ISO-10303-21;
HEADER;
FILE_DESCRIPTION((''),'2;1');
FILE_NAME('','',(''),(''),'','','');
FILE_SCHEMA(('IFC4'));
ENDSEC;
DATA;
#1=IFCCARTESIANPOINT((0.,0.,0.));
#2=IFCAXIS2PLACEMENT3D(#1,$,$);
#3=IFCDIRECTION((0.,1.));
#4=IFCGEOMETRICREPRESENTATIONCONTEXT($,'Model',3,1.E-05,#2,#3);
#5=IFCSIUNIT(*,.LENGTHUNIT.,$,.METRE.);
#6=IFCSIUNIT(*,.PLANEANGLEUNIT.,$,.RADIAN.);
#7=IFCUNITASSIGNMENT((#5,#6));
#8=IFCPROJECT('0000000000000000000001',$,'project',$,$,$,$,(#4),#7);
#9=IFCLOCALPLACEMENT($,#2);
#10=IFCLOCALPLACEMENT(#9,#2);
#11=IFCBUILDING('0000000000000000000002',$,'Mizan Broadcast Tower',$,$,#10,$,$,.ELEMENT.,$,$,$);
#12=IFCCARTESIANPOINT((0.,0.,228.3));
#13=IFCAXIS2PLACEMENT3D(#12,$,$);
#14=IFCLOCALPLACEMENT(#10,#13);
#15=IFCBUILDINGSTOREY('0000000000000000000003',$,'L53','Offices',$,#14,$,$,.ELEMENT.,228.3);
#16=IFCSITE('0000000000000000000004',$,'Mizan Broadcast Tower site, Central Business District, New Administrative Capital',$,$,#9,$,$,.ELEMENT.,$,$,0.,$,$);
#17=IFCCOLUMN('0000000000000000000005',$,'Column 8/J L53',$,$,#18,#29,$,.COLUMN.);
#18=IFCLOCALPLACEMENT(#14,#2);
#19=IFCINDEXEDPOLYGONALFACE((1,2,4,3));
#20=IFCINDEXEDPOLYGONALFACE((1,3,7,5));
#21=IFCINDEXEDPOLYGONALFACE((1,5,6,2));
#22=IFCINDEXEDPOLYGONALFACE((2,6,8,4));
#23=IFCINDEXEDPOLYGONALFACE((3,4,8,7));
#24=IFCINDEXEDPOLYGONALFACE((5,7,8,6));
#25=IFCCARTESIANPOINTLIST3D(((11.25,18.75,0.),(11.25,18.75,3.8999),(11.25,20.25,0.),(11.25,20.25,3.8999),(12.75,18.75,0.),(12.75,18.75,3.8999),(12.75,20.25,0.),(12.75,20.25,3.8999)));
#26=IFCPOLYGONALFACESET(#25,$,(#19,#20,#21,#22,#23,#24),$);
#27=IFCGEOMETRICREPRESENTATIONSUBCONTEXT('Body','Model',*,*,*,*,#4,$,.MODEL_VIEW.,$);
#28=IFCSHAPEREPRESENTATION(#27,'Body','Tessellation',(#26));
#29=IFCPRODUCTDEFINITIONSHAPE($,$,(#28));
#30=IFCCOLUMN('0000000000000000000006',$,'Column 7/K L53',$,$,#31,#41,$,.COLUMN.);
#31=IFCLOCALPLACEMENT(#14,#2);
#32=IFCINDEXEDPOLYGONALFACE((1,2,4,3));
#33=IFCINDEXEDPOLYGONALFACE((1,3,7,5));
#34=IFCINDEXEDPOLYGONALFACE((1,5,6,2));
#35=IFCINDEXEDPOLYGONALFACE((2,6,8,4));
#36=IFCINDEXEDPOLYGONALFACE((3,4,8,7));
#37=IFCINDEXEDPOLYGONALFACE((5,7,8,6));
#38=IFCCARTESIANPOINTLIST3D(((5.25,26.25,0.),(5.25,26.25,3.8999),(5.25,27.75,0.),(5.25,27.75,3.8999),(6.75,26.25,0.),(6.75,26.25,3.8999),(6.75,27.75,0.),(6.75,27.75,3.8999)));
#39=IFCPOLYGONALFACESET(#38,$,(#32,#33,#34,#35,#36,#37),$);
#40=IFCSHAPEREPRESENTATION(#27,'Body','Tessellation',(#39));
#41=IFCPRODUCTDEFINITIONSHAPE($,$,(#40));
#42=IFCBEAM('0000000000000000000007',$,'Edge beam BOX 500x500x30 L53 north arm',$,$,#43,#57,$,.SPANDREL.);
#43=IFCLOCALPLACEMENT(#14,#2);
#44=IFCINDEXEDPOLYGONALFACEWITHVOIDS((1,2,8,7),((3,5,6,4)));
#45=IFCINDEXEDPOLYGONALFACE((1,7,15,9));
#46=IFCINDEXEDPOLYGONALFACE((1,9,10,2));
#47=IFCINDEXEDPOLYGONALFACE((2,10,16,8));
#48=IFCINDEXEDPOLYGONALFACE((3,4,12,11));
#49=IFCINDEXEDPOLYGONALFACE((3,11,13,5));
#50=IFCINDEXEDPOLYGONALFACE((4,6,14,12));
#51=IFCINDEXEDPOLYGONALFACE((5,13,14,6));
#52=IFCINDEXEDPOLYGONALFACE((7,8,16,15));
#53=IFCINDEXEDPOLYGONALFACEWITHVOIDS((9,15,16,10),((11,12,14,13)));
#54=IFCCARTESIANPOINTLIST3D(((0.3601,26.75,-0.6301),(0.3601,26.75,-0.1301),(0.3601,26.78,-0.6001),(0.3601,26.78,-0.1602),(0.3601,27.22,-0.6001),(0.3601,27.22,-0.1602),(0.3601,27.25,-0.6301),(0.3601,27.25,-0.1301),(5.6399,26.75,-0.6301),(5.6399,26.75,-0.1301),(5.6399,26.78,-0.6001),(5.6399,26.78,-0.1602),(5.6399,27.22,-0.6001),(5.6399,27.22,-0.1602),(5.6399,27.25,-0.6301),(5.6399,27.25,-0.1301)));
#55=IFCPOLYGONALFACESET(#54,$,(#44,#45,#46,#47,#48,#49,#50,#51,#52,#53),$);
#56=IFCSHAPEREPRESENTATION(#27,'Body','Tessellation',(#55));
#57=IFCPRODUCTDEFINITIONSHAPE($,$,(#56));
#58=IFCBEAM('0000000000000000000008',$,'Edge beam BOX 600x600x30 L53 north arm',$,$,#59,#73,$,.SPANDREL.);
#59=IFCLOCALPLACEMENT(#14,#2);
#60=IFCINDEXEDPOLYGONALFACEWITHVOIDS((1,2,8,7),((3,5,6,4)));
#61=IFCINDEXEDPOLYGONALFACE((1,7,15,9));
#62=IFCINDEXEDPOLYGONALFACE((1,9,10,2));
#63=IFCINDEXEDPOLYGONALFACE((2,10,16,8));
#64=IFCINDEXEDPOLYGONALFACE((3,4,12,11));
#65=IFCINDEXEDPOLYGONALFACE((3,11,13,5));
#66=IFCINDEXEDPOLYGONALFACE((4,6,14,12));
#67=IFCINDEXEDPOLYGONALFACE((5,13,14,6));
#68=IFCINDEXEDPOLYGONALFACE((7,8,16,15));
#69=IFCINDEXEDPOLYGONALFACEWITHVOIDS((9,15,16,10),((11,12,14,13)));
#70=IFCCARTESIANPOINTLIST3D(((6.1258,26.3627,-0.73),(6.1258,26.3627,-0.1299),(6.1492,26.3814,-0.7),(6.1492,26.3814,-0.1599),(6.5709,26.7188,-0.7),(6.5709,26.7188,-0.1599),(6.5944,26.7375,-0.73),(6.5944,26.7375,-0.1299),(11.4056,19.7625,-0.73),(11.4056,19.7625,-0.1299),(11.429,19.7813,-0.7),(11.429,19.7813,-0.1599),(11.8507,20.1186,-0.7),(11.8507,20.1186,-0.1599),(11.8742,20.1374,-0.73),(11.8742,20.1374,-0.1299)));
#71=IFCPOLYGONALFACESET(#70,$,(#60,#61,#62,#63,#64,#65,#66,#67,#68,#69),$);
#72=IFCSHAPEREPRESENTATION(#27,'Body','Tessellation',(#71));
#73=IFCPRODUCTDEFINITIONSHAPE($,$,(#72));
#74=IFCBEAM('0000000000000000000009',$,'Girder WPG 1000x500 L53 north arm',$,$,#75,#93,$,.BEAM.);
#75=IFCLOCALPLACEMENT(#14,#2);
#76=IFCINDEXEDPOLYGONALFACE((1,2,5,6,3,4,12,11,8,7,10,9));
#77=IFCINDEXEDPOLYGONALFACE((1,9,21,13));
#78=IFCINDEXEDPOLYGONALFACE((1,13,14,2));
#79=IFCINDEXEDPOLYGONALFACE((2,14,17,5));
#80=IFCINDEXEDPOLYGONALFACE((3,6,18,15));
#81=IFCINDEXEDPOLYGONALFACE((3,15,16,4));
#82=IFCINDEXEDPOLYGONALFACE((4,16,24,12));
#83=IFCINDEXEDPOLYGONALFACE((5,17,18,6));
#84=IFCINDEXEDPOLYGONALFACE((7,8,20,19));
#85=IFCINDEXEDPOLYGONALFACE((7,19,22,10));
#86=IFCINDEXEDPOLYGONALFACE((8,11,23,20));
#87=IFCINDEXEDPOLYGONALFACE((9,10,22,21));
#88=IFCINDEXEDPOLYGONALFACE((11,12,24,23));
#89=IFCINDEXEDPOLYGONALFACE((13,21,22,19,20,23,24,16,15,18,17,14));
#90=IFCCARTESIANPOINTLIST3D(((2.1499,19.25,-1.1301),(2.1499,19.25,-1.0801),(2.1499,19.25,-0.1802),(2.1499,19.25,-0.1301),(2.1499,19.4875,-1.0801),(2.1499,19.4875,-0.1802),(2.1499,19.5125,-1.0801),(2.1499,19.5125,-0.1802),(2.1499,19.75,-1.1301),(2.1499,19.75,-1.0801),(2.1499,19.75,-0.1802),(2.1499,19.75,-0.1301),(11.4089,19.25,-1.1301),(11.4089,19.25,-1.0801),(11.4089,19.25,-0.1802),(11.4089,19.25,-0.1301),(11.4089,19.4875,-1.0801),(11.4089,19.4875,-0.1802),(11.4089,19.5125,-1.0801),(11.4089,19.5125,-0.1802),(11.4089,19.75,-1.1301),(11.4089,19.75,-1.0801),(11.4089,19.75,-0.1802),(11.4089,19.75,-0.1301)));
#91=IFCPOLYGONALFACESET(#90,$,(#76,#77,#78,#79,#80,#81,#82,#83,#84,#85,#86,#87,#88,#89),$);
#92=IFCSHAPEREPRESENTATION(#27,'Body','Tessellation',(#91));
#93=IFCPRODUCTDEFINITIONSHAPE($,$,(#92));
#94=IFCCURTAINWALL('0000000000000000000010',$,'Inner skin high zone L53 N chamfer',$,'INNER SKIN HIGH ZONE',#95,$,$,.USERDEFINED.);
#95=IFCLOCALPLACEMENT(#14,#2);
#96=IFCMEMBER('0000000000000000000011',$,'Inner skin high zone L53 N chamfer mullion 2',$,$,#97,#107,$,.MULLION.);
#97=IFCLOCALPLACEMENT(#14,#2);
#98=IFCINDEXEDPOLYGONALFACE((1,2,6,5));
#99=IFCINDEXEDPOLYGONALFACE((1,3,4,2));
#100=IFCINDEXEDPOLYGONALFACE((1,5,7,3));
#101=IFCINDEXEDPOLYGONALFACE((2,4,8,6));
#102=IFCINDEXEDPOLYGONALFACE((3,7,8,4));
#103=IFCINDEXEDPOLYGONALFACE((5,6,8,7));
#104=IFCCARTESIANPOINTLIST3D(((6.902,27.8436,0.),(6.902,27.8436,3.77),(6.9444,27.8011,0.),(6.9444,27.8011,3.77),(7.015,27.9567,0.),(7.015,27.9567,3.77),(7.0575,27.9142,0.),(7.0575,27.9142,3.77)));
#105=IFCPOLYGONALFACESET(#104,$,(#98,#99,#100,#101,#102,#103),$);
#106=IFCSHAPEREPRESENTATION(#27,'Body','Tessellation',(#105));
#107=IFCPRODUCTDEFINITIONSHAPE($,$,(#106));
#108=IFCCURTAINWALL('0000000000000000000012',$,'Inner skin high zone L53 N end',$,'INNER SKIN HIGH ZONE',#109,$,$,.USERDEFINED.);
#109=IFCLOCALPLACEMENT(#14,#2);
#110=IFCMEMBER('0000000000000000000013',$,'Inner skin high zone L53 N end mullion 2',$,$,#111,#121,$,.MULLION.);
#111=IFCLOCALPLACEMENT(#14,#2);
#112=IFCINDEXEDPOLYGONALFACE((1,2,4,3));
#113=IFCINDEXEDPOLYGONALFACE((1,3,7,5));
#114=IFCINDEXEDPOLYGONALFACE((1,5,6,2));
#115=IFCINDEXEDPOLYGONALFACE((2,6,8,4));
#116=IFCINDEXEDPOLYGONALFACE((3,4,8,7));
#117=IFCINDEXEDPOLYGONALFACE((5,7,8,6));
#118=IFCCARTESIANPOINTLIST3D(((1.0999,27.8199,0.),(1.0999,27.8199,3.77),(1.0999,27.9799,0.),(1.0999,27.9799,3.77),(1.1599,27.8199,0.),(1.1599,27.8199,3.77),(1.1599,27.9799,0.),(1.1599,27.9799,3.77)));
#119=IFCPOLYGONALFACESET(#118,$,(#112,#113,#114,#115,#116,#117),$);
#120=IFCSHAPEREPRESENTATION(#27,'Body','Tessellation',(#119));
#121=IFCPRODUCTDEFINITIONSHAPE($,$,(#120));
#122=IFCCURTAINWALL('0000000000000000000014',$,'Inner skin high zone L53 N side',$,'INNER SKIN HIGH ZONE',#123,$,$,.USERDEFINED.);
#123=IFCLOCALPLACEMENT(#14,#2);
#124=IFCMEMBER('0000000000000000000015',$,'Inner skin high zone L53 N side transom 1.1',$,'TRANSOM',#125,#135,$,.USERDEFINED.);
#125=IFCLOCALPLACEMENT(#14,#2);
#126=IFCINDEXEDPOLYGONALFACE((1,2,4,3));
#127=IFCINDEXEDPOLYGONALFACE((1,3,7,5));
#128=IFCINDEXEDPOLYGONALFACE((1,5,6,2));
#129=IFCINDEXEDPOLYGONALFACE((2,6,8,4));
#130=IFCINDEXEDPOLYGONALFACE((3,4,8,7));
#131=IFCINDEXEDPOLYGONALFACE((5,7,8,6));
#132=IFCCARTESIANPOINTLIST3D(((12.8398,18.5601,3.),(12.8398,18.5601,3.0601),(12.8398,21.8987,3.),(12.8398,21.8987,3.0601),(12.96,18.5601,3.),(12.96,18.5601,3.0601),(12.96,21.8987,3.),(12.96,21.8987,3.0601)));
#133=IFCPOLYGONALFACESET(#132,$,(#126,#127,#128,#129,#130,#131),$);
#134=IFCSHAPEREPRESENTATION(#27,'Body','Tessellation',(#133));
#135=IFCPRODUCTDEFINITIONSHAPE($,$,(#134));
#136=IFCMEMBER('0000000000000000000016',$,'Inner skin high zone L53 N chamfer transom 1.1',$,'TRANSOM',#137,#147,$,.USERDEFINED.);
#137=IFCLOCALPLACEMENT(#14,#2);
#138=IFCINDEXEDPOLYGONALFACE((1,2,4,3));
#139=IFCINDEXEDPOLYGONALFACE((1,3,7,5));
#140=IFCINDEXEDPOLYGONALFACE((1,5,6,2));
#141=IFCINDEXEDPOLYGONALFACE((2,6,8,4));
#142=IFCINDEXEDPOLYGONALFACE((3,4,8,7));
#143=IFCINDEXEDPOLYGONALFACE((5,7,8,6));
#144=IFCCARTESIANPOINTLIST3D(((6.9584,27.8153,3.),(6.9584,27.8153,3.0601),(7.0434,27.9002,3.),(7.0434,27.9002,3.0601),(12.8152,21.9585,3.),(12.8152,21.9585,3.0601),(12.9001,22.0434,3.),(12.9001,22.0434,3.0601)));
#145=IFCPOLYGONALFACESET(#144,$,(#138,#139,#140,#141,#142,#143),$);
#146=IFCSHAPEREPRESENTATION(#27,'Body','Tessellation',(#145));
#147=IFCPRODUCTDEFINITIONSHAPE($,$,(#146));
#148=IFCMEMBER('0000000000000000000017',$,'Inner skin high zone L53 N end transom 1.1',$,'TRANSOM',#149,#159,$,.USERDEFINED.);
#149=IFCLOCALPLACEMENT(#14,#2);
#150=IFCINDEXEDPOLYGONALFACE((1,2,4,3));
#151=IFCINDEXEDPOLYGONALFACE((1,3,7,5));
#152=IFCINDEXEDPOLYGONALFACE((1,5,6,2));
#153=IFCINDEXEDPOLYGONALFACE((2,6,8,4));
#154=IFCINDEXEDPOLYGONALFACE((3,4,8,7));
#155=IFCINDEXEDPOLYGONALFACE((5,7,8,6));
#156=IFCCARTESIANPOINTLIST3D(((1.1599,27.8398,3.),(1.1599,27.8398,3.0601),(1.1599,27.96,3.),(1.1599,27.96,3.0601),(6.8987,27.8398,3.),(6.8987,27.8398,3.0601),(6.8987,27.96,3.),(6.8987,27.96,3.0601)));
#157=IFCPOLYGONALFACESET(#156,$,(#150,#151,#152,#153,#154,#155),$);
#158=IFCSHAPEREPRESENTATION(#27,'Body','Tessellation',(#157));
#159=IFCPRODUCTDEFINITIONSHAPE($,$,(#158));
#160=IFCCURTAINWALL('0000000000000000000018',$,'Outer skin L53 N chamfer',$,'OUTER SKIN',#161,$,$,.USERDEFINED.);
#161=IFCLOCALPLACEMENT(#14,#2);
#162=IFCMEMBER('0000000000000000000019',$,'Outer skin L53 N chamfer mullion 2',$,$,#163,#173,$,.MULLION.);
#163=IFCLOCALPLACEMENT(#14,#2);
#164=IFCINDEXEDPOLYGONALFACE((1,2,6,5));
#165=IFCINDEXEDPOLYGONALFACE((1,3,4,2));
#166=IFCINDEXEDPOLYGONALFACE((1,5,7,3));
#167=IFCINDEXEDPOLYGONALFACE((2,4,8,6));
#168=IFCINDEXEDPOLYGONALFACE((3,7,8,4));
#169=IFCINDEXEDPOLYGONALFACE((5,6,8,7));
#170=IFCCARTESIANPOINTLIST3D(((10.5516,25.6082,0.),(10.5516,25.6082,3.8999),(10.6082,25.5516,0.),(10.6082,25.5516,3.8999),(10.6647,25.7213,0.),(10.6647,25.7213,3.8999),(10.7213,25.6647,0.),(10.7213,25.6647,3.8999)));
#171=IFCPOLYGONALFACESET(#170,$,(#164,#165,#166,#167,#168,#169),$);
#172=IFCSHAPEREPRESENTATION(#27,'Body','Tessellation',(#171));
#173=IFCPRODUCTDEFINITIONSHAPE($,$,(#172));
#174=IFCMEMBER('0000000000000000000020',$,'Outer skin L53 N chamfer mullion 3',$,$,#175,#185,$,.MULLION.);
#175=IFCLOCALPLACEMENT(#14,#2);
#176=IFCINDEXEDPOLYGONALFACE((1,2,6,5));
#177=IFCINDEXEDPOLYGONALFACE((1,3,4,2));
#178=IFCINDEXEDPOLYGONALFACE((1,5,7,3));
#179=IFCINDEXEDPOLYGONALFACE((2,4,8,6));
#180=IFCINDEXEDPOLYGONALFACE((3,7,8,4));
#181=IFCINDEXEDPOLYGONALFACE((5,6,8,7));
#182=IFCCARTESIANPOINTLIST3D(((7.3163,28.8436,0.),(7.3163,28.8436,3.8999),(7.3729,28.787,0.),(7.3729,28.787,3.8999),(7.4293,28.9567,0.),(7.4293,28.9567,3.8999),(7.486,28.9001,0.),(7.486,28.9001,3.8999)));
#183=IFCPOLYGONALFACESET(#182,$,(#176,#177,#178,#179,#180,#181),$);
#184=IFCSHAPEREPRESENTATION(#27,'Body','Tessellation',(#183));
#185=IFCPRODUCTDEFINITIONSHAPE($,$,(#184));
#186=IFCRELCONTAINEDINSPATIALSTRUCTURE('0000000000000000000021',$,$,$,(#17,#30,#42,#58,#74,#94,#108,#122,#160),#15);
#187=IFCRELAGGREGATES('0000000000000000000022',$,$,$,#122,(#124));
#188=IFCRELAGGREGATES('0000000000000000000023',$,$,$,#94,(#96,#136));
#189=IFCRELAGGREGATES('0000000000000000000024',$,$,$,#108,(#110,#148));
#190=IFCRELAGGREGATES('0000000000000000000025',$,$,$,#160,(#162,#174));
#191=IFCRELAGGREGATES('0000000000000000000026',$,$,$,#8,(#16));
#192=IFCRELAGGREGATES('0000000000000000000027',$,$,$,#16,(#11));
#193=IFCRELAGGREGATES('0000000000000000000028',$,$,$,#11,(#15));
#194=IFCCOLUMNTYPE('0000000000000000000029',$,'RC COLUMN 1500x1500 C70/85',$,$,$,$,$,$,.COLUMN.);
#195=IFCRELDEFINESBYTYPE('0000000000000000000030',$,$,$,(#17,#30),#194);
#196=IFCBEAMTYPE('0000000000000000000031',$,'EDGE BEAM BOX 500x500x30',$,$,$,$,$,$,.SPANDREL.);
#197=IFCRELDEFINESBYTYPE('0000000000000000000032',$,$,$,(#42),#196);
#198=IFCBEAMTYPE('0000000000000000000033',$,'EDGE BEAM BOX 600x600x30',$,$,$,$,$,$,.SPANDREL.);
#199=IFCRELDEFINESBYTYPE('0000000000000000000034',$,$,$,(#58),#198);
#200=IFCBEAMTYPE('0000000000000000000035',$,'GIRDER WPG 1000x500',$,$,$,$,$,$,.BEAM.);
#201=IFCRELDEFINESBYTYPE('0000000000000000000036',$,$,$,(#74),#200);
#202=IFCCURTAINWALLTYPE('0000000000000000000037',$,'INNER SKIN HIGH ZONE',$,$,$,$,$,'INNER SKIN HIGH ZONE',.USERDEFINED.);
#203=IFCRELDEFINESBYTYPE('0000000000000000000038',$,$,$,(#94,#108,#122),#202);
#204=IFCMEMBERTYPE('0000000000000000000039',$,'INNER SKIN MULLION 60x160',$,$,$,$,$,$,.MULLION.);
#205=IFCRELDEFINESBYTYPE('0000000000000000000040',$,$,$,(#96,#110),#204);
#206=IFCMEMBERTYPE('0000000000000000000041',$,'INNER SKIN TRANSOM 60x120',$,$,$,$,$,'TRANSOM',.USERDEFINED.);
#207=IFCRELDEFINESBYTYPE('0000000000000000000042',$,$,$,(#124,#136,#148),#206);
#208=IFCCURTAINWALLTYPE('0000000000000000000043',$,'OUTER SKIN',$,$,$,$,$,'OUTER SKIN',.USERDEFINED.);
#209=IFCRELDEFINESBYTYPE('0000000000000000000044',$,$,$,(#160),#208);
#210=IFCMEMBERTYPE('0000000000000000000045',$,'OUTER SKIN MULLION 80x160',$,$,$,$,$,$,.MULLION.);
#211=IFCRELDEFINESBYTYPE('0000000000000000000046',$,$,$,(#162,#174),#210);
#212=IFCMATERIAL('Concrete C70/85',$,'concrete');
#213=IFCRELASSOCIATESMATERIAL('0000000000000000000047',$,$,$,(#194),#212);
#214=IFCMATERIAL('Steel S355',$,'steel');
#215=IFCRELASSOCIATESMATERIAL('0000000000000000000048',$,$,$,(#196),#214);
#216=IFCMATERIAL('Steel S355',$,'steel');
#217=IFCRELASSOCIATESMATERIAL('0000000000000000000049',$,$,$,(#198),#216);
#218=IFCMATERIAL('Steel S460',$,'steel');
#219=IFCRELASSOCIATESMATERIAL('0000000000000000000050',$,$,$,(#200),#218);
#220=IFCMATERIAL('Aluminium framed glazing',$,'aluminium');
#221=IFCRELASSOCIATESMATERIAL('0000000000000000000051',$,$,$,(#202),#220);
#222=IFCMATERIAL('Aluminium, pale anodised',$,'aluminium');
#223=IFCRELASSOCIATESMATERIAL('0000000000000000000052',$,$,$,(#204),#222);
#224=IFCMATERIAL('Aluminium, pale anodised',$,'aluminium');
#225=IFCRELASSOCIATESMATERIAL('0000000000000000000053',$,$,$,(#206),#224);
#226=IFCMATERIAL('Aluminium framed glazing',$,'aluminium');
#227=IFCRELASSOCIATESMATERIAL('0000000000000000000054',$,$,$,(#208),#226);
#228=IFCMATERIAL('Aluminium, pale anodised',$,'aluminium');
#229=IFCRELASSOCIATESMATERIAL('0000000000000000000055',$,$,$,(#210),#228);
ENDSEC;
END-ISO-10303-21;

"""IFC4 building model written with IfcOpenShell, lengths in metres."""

from ifc_helpers import new_model, si_unit, direction, frame, origin, origin_2d, place, context, subcontext, project, spatial, rectangle, hollow_rectangle, i_section, extrude, material, material_profile, profile_set, type_object, element, aggregate, save


model = new_model("IFC4")

# Units and contexts
model_context = context("Model", 3, precision=1e-05, world=origin(), true_north=direction((0.0, 1.0)))
body_context = subcontext(model_context, "Body", "Model", "MODEL_VIEW")
ifc_project = project(units=[si_unit("LENGTHUNIT", "METRE"), si_unit("PLANEANGLEUNIT", "RADIAN")], contexts=[model_context])

# Site, building, storey
site_placement = place(None, origin())
site = spatial("IfcSite", under=ifc_project, at=site_placement, Name="Mizan Broadcast Tower site, Central Business District, New Administrative Capital", CompositionType="ELEMENT", RefElevation=0.0)
building_placement = place(site_placement, origin())
building = spatial("IfcBuilding", under=site, at=building_placement, Name="Mizan Broadcast Tower", CompositionType="ELEMENT")
storey_placement = place(building_placement, frame((0.0, 0.0, 228.3)))
storey = spatial("IfcBuildingStorey", under=building, at=storey_placement, Name="L53", Description="Offices", CompositionType="ELEMENT", Elevation=228.3)

# Columns
ifc_material_1 = material(Name="Concrete C70/85", Category="concrete")
ifc_material_profile_1 = material_profile(ifc_material_1, rectangle(XDim=1.5, YDim=1.5, at=origin_2d()), Name="RC 1500x1500")
ifc_profile_set_1 = profile_set([ifc_material_profile_1], Name="Concrete C70/85")
column_type = type_object("IfcColumnType", Name="RC COLUMN 1500x1500 C70/85", PredefinedType="COLUMN", material=ifc_profile_set_1)
for number, where, z_axis, x_axis, name in (
    (1, (12.0, 19.5, 0.0), (0.0, 0.0, 1.0), (1.0, 0.0, 0.0), "Column 8/J L53"),
    (2, (6.0, 27.0, 0.0), (0.0, 0.0, 1.0), (1.0, 0.0, 0.0), "Column 7/K L53"),
):
    element("IfcColumn", number, at=place(storey_placement, frame(where, z_axis=z_axis, x_axis=x_axis)), inside=storey, type_object=column_type, Name=name, PredefinedType="COLUMN", context=body_context, shape_type="SweptSolid", body=[
        extrude(rectangle(XDim=1.5, YDim=1.5, at=origin_2d()), origin(), (0.0, 0.0, 1.0), 3.8999),
    ])

# Beams
ifc_material_2 = material(Name="Steel S355", Category="steel")
ifc_material_profile_2 = material_profile(ifc_material_2, hollow_rectangle(XDim=0.5, YDim=0.5, WallThickness=0.03, at=origin_2d()), Name="BOX 500x500x30")
ifc_profile_set_2 = profile_set([ifc_material_profile_2], Name="Steel S355")
beam_type_1 = type_object("IfcBeamType", Name="EDGE BEAM BOX 500x500x30", PredefinedType="SPANDREL", material=ifc_profile_set_2)
beam_1_placement = place(storey_placement, frame((5.6399, 27.0, -0.3801), z_axis=(-1.0, 0.0, 0.0), x_axis=(0.0, -1.0, 0.0)))
element("IfcBeam", 3, at=beam_1_placement, inside=storey, type_object=beam_type_1, Name="Edge beam BOX 500x500x30 L53 north arm", PredefinedType="SPANDREL", context=body_context, shape_type="SweptSolid", body=[
    extrude(hollow_rectangle(XDim=0.5, YDim=0.5, WallThickness=0.03, at=origin_2d()), origin(), (0.0, 0.0, 1.0), 5.2798),
])
ifc_material_3 = material(Name="Steel S355", Category="steel")
ifc_material_profile_3 = material_profile(ifc_material_3, hollow_rectangle(XDim=0.6001, YDim=0.6001, WallThickness=0.03, at=origin_2d()), Name="BOX 600x600x30")
ifc_profile_set_3 = profile_set([ifc_material_profile_3], Name="Steel S355")
beam_type_2 = type_object("IfcBeamType", Name="EDGE BEAM BOX 600x600x30", PredefinedType="SPANDREL", material=ifc_profile_set_3)
beam_2_placement = place(storey_placement, frame((11.6399, 19.95, -0.4299), z_axis=(-0.624674, 0.780886, 0.0), x_axis=(-0.780886, -0.624674, 0.0)))
element("IfcBeam", 4, at=beam_2_placement, inside=storey, type_object=beam_type_2, Name="Edge beam BOX 600x600x30 L53 north arm", PredefinedType="SPANDREL", context=body_context, shape_type="SweptSolid", body=[
    extrude(hollow_rectangle(XDim=0.6001, YDim=0.6001, WallThickness=0.03, at=origin_2d()), origin(), (0.0, 0.0, 1.0), 8.4521),
])
ifc_material_4 = material(Name="Steel S460", Category="steel")
ifc_material_profile_4 = material_profile(ifc_material_4, i_section(OverallWidth=0.5, OverallDepth=1.0, WebThickness=0.0249, FlangeThickness=0.05, at=origin_2d()), Name="WPG 1000x500")
ifc_profile_set_4 = profile_set([ifc_material_profile_4], Name="Steel S460")
beam_type_3 = type_object("IfcBeamType", Name="GIRDER WPG 1000x500", PredefinedType="BEAM", material=ifc_profile_set_4)
beam_3_placement = place(storey_placement, frame((11.4089, 19.5, -0.6301), z_axis=(-1.0, 0.0, 0.0), x_axis=(0.0, -1.0, 0.0)))
element("IfcBeam", 5, at=beam_3_placement, inside=storey, type_object=beam_type_3, Name="Girder WPG 1000x500 L53 north arm", PredefinedType="BEAM", context=body_context, shape_type="SweptSolid", body=[
    extrude(i_section(OverallWidth=0.5, OverallDepth=1.0, WebThickness=0.0249, FlangeThickness=0.05, at=origin_2d()), origin(), (0.0, 0.0, 1.0), 9.259),
])

# Curtain walls, members
ifc_material_5 = material(Name="Aluminium framed glazing", Category="aluminium")
curtain_wall_type_1 = type_object("IfcCurtainWallType", Name="INNER SKIN HIGH ZONE", ElementType="INNER SKIN HIGH ZONE", PredefinedType="USERDEFINED", material=ifc_material_5)
curtain_wall_1_placement = place(storey_placement, origin())
curtain_wall_1 = element("IfcCurtainWall", 6, at=curtain_wall_1_placement, inside=storey, type_object=curtain_wall_type_1, Name="Inner skin high zone L53 N chamfer", ObjectType="INNER SKIN HIGH ZONE", PredefinedType="USERDEFINED")
ifc_material_6 = material(Name="Aluminium, pale anodised", Category="aluminium")
ifc_material_profile_5 = material_profile(ifc_material_6, rectangle(XDim=0.1599, YDim=0.0601, at=origin_2d()), Name="MULLION 160x60")
ifc_profile_set_5 = profile_set([ifc_material_profile_5], Name="Aluminium, pale anodised")
member_type_1 = type_object("IfcMemberType", Name="INNER SKIN MULLION 60x160", PredefinedType="MULLION", material=ifc_profile_set_5)
member_1_placement = place(storey_placement, frame((6.9797, 27.8789, 0.0), z_axis=(0.0, 0.0, 1.0), x_axis=(-0.707107, -0.707107, 0.0)))
member_1 = element("IfcMember", 7, at=member_1_placement, type_object=member_type_1, Name="Inner skin high zone L53 N chamfer mullion 2", PredefinedType="MULLION", context=body_context, shape_type="SweptSolid", body=[
    extrude(rectangle(XDim=0.1599, YDim=0.0601, at=origin_2d()), origin(), (0.0, 0.0, 1.0), 3.77),
])
curtain_wall_2_placement = place(storey_placement, origin())
curtain_wall_2 = element("IfcCurtainWall", 8, at=curtain_wall_2_placement, inside=storey, type_object=curtain_wall_type_1, Name="Inner skin high zone L53 N end", ObjectType="INNER SKIN HIGH ZONE", PredefinedType="USERDEFINED")
member_2_placement = place(storey_placement, frame((1.1299, 27.8999, 0.0), z_axis=(0.0, 0.0, 1.0), x_axis=(0.0, -1.0, 0.0)))
member_2 = element("IfcMember", 9, at=member_2_placement, type_object=member_type_1, Name="Inner skin high zone L53 N end mullion 2", PredefinedType="MULLION", context=body_context, shape_type="SweptSolid", body=[
    extrude(rectangle(XDim=0.1599, YDim=0.0601, at=origin_2d()), origin(), (0.0, 0.0, 1.0), 3.77),
])
curtain_wall_3_placement = place(storey_placement, origin())
curtain_wall_3 = element("IfcCurtainWall", 10, at=curtain_wall_3_placement, inside=storey, type_object=curtain_wall_type_1, Name="Inner skin high zone L53 N side", ObjectType="INNER SKIN HIGH ZONE", PredefinedType="USERDEFINED")
ifc_material_7 = material(Name="Aluminium, pale anodised", Category="aluminium")
ifc_material_profile_6 = material_profile(ifc_material_7, rectangle(XDim=0.1201, YDim=0.0601, at=origin_2d()), Name="TRANSOM 120x60")
ifc_profile_set_6 = profile_set([ifc_material_profile_6], Name="Aluminium, pale anodised")
member_type_2 = type_object("IfcMemberType", Name="INNER SKIN TRANSOM 60x120", ElementType="TRANSOM", PredefinedType="USERDEFINED", material=ifc_profile_set_6)
member_3_placement = place(storey_placement, frame((12.8999, 18.5601, 3.03), z_axis=(0.0, 1.0, 0.0), x_axis=(-1.0, 0.0, 0.0)))
member_3 = element("IfcMember", 11, at=member_3_placement, type_object=member_type_2, Name="Inner skin high zone L53 N side transom 1.1", ObjectType="TRANSOM", PredefinedType="USERDEFINED", context=body_context, shape_type="SweptSolid", body=[
    extrude(rectangle(XDim=0.1201, YDim=0.0601, at=origin_2d()), origin(), (0.0, 0.0, 1.0), 3.3386),
])

# Members
member_4_placement = place(storey_placement, frame((12.8577, 22.001, 3.03), z_axis=(-0.707107, 0.707107, 0.0), x_axis=(-0.707107, -0.707107, 0.0)))
member_4 = element("IfcMember", 12, at=member_4_placement, type_object=member_type_2, Name="Inner skin high zone L53 N chamfer transom 1.1", ObjectType="TRANSOM", PredefinedType="USERDEFINED", context=body_context, shape_type="SweptSolid", body=[
    extrude(rectangle(XDim=0.1201, YDim=0.0601, at=origin_2d()), origin(), (0.0, 0.0, 1.0), 8.2827),
])
member_5_placement = place(storey_placement, frame((6.8987, 27.8999, 3.03), z_axis=(-1.0, 0.0, 0.0), x_axis=(0.0, -1.0, 0.0)))
member_5 = element("IfcMember", 13, at=member_5_placement, type_object=member_type_2, Name="Inner skin high zone L53 N end transom 1.1", ObjectType="TRANSOM", PredefinedType="USERDEFINED", context=body_context, shape_type="SweptSolid", body=[
    extrude(rectangle(XDim=0.1201, YDim=0.0601, at=origin_2d()), origin(), (0.0, 0.0, 1.0), 5.7388),
])

# Curtain wall, members
ifc_material_8 = material(Name="Aluminium framed glazing", Category="aluminium")
curtain_wall_type_2 = type_object("IfcCurtainWallType", Name="OUTER SKIN", ElementType="OUTER SKIN", PredefinedType="USERDEFINED", material=ifc_material_8)
curtain_wall_4_placement = place(storey_placement, origin())
curtain_wall_4 = element("IfcCurtainWall", 14, at=curtain_wall_4_placement, inside=storey, type_object=curtain_wall_type_2, Name="Outer skin L53 N chamfer", ObjectType="OUTER SKIN", PredefinedType="USERDEFINED")
ifc_material_9 = material(Name="Aluminium, pale anodised", Category="aluminium")
ifc_material_profile_7 = material_profile(ifc_material_9, rectangle(XDim=0.1599, YDim=0.0801, at=origin_2d()), Name="MULLION 160x80")
ifc_profile_set_7 = profile_set([ifc_material_profile_7], Name="Aluminium, pale anodised")
member_type_3 = type_object("IfcMemberType", Name="OUTER SKIN MULLION 80x160", PredefinedType="MULLION", material=ifc_profile_set_7)
member_6_placement = place(storey_placement, frame((10.6365, 25.6365, 0.0), z_axis=(0.0, 0.0, 1.0), x_axis=(-0.707107, -0.707107, 0.0)))
member_6 = element("IfcMember", 15, at=member_6_placement, type_object=member_type_3, Name="Outer skin L53 N chamfer mullion 2", PredefinedType="MULLION", context=body_context, shape_type="SweptSolid", body=[
    extrude(rectangle(XDim=0.1599, YDim=0.0801, at=origin_2d()), origin(), (0.0, 0.0, 1.0), 3.8999),
])
member_7_placement = place(storey_placement, frame((7.4011, 28.8718, 0.0), z_axis=(0.0, 0.0, 1.0), x_axis=(-0.707107, -0.707107, 0.0)))
member_7 = element("IfcMember", 16, at=member_7_placement, type_object=member_type_3, Name="Outer skin L53 N chamfer mullion 3", PredefinedType="MULLION", context=body_context, shape_type="SweptSolid", body=[
    extrude(rectangle(XDim=0.1599, YDim=0.0801, at=origin_2d()), origin(), (0.0, 0.0, 1.0), 3.8999),
])

aggregate(curtain_wall_3, [member_3])
aggregate(curtain_wall_1, [member_1, member_4])
aggregate(curtain_wall_2, [member_2, member_5])
aggregate(curtain_wall_4, [member_6, member_7])

save(model, "model.ifc")
